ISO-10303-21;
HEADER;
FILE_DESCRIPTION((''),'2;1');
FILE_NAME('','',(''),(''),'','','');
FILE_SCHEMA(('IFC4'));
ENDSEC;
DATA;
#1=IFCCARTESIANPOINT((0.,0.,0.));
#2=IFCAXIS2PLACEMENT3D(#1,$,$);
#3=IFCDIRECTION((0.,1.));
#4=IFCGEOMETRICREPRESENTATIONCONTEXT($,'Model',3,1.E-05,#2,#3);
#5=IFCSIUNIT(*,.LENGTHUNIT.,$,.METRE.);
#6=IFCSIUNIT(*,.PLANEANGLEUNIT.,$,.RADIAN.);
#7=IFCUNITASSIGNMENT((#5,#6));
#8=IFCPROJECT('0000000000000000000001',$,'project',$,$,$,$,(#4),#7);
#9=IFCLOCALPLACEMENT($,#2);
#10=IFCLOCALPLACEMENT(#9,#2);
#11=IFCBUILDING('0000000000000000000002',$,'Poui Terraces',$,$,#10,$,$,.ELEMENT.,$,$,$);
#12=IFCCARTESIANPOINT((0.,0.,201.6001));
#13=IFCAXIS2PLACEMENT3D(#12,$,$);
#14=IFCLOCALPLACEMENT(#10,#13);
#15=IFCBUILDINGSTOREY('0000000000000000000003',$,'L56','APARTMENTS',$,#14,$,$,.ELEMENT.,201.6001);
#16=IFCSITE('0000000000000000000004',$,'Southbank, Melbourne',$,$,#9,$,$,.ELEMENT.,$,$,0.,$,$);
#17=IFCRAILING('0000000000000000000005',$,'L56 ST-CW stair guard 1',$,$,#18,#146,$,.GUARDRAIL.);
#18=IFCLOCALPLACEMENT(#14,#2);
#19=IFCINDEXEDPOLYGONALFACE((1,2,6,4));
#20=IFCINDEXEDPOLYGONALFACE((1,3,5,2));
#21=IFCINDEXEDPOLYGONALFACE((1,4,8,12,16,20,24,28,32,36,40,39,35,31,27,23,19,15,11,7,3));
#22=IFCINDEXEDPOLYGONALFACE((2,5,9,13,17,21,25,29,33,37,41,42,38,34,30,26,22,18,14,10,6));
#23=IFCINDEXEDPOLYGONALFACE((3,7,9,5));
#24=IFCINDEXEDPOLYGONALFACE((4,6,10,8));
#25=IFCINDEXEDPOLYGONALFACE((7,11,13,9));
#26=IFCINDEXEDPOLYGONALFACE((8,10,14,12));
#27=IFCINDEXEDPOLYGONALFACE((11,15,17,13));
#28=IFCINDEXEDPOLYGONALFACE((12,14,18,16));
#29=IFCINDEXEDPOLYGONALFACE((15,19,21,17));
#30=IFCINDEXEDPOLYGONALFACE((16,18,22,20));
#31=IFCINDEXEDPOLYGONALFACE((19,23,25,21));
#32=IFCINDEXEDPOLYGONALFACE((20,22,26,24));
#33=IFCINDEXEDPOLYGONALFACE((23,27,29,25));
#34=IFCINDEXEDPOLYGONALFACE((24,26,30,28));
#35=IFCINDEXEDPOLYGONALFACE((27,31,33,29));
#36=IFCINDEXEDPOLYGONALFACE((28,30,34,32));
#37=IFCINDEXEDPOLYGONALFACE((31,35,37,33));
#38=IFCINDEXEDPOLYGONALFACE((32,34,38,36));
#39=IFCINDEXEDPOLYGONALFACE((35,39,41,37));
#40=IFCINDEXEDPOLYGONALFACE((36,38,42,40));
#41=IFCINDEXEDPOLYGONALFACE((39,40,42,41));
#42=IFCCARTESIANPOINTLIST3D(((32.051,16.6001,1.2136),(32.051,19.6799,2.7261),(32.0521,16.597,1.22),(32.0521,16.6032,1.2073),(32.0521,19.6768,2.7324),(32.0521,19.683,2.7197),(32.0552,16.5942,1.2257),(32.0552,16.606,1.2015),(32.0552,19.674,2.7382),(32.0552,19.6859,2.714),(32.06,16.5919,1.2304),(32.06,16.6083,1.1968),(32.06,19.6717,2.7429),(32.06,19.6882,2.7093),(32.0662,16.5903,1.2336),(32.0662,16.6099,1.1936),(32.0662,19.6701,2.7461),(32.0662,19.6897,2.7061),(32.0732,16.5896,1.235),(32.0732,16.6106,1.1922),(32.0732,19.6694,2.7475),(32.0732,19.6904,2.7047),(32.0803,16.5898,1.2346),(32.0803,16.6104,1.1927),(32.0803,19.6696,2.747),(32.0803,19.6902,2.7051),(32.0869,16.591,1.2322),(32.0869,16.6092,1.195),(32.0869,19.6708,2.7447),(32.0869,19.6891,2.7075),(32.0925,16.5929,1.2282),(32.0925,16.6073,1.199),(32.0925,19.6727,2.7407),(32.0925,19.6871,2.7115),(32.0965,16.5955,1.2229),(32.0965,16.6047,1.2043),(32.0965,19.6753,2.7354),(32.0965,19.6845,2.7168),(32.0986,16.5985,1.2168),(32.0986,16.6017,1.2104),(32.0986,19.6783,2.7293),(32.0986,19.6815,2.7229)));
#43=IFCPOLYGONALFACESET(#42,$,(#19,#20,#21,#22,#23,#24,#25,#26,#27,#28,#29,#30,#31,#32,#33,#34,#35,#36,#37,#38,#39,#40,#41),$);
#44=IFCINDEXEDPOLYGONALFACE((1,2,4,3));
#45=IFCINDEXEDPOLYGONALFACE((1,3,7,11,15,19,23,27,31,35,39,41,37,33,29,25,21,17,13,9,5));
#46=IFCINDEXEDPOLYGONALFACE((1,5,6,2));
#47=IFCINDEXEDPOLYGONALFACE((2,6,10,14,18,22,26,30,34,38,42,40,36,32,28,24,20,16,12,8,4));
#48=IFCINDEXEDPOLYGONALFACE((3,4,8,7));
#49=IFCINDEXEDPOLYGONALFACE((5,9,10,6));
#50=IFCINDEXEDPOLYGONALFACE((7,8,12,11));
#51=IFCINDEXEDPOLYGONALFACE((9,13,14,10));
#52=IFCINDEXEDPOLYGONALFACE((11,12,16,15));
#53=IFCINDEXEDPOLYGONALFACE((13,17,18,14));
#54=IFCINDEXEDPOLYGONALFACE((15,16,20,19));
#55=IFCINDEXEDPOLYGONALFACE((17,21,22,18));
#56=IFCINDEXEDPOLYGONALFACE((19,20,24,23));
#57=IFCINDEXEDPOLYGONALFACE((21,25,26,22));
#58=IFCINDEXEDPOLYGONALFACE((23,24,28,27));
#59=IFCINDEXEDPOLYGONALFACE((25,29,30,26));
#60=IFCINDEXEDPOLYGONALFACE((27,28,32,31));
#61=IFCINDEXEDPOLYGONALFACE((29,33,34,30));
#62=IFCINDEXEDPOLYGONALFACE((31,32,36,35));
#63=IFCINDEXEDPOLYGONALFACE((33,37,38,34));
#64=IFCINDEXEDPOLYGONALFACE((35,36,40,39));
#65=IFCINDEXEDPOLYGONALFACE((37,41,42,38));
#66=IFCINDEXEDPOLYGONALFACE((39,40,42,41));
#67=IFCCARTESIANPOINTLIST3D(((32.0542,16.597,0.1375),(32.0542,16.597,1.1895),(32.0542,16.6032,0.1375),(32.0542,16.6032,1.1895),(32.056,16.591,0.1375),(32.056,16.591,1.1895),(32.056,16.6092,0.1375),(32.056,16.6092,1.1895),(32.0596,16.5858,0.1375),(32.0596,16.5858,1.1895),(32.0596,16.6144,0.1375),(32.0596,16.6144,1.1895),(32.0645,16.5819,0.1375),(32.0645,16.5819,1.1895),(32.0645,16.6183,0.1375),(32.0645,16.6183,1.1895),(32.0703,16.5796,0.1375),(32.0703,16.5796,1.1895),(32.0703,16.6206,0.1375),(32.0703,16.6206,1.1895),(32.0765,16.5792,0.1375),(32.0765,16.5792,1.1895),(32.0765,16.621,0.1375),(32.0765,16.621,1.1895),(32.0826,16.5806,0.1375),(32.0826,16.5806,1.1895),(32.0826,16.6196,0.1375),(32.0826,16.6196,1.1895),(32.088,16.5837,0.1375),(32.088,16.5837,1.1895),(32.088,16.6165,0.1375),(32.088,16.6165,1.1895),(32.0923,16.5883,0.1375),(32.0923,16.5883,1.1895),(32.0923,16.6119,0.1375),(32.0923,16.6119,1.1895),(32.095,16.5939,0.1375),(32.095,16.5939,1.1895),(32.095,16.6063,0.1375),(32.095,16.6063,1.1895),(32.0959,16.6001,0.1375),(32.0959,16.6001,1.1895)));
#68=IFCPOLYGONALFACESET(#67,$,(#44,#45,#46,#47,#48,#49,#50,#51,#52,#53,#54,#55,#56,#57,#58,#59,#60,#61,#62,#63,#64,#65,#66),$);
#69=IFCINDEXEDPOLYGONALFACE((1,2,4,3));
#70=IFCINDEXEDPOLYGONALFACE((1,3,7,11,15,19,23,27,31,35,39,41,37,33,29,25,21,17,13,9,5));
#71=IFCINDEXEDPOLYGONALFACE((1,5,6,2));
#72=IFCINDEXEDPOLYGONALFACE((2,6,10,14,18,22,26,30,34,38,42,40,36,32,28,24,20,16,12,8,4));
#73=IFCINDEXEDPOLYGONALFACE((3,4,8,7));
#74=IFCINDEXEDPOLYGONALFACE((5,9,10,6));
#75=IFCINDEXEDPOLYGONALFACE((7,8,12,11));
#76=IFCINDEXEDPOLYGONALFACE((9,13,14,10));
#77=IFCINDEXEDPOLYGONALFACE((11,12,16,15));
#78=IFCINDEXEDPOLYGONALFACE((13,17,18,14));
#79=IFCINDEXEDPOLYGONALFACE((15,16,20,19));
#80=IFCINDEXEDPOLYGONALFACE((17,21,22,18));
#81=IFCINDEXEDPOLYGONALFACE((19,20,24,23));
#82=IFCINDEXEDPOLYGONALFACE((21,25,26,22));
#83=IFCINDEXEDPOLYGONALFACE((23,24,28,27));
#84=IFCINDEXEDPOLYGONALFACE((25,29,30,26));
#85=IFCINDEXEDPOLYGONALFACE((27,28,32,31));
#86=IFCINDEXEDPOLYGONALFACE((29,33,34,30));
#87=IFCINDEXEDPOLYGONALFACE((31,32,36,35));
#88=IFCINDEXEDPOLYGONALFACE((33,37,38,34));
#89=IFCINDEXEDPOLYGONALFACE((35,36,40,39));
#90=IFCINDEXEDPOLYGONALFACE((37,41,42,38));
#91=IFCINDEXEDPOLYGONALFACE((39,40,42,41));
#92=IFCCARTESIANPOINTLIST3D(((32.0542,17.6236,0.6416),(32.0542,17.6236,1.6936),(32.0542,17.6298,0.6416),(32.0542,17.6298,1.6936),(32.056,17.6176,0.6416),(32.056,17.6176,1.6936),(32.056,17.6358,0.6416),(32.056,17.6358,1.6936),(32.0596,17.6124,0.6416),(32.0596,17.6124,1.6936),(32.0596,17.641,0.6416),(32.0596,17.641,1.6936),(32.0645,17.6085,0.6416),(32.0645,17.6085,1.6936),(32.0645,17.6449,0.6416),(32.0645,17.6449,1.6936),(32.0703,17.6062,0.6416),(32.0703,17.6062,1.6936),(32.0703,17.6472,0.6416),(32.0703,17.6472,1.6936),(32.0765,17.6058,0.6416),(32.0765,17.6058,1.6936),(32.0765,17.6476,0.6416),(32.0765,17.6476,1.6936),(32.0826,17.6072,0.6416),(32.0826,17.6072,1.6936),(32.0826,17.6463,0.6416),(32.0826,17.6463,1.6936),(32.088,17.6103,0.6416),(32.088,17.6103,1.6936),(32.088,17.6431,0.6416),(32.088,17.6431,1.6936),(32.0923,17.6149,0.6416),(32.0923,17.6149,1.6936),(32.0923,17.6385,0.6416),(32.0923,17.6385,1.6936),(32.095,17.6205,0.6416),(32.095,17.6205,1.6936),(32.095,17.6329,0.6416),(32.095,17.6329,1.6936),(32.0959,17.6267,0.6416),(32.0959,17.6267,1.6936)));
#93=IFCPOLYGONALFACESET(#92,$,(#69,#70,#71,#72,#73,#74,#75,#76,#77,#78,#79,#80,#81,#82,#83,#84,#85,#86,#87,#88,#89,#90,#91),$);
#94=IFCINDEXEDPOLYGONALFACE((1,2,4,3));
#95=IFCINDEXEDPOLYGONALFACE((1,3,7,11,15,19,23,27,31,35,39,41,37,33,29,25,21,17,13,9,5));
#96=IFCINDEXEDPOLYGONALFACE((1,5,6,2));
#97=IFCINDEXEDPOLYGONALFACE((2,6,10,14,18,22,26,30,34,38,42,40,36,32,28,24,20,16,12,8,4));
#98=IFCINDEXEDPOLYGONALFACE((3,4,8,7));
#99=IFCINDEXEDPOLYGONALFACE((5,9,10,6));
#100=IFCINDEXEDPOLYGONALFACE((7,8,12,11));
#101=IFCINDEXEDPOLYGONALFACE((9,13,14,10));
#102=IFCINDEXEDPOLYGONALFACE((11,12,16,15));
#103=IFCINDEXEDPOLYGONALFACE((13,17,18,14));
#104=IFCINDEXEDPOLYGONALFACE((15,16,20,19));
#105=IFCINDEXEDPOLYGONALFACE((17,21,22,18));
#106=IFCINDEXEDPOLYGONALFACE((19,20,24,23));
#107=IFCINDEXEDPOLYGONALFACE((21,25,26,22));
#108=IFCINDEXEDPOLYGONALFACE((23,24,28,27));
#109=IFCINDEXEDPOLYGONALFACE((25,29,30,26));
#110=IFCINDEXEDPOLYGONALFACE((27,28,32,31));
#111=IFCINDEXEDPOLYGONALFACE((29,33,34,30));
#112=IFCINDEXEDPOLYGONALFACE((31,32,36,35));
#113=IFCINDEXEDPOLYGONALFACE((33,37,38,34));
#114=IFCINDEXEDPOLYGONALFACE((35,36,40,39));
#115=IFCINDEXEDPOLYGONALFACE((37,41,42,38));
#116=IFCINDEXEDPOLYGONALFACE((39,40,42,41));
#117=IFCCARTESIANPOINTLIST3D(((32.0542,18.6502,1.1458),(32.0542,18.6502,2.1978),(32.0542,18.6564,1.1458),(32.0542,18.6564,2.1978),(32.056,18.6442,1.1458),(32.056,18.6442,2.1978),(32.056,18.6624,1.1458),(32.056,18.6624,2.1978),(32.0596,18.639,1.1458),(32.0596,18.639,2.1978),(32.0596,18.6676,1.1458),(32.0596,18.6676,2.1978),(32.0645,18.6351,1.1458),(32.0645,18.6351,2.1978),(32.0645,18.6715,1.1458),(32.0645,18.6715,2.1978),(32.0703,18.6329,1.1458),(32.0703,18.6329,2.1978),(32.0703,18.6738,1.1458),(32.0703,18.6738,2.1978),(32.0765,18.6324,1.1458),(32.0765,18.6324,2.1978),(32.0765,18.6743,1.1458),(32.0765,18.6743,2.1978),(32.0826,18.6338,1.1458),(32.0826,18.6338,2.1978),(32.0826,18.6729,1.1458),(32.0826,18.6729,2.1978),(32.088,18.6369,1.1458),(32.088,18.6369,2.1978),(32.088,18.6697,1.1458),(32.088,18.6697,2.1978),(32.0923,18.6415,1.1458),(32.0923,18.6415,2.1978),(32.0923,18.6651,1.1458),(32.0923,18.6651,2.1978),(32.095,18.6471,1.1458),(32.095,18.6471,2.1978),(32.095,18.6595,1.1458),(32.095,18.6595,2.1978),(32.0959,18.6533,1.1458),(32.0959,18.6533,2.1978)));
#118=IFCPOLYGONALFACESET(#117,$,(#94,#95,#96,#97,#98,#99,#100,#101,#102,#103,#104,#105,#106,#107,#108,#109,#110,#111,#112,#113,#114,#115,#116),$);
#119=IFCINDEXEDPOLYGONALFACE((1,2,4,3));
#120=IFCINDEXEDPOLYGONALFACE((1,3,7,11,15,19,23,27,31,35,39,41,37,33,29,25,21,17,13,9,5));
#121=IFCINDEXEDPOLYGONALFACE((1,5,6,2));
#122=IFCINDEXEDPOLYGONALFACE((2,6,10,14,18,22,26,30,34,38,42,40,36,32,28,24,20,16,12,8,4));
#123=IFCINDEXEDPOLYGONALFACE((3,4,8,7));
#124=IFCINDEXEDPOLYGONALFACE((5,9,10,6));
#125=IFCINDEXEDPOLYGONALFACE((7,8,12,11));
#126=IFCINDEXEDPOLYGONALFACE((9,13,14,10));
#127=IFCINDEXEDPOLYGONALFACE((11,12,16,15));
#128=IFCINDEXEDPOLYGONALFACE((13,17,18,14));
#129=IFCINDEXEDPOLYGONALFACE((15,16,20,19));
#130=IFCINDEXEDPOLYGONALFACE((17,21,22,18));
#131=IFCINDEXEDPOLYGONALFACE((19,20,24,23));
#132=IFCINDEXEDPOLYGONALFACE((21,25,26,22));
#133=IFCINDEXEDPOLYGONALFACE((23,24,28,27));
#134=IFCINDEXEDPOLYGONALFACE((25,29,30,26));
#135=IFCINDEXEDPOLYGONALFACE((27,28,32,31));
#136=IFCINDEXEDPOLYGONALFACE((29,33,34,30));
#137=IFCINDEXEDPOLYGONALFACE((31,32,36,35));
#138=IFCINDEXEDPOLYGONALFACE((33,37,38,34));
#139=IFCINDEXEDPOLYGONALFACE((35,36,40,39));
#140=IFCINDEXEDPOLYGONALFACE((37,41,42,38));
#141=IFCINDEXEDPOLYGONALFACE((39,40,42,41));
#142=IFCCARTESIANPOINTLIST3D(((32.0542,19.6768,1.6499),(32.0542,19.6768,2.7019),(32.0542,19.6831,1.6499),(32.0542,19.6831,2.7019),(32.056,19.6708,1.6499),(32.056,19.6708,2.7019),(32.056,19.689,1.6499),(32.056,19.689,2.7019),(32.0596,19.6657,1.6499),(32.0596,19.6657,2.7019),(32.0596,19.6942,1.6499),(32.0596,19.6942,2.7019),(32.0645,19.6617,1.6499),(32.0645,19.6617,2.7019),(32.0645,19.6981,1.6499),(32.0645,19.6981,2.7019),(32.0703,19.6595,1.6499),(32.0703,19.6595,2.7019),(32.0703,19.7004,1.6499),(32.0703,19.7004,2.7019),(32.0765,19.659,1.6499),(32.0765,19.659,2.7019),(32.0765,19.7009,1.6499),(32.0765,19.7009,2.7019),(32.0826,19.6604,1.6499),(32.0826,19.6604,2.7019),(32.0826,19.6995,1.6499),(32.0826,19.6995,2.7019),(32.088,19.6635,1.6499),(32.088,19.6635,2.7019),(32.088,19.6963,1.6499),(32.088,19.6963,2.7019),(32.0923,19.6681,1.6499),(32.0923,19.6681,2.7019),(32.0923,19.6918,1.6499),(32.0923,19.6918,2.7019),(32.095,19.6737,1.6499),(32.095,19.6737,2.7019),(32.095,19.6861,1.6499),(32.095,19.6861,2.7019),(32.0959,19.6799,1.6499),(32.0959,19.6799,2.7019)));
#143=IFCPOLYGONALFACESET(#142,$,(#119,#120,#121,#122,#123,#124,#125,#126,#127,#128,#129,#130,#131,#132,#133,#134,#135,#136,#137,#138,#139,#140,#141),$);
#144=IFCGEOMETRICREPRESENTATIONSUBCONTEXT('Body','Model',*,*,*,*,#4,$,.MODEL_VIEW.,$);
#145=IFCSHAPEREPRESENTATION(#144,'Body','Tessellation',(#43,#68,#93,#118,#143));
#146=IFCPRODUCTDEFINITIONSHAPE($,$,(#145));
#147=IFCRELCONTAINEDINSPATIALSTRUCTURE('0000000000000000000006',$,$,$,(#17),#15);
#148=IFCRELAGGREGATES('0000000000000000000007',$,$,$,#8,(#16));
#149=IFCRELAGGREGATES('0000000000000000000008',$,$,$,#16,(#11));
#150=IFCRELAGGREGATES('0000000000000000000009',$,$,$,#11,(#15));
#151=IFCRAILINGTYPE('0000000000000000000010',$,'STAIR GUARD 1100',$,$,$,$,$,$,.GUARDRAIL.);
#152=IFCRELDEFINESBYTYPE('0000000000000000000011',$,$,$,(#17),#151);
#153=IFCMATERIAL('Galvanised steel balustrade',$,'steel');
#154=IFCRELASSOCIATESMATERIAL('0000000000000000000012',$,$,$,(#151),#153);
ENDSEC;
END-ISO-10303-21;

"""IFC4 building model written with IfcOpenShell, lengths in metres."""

from ifc_helpers import new_model, si_unit, direction, frame, origin, origin_2d, place, context, subcontext, project, spatial, circle, extrude, material, type_object, element, save


model = new_model("IFC4")

# Units and contexts
model_context = context("Model", 3, precision=1e-05, world=origin(), true_north=direction((0.0, 1.0)))
body_context = subcontext(model_context, "Body", "Model", "MODEL_VIEW")
ifc_project = project(units=[si_unit("LENGTHUNIT", "METRE"), si_unit("PLANEANGLEUNIT", "RADIAN")], contexts=[model_context])

# Site, building, storey
site_placement = place(None, origin())
site = spatial("IfcSite", under=ifc_project, at=site_placement, Name="Southbank, Melbourne", CompositionType="ELEMENT", RefElevation=0.0)
building_placement = place(site_placement, origin())
building = spatial("IfcBuilding", under=site, at=building_placement, Name="Poui Terraces", CompositionType="ELEMENT")
storey_placement = place(building_placement, frame((0.0, 0.0, 201.6001)))
storey = spatial("IfcBuildingStorey", under=building, at=storey_placement, Name="L56", Description="APARTMENTS", CompositionType="ELEMENT", Elevation=201.6001)

# Railing
ifc_material_1 = material(Name="Galvanised steel balustrade", Category="steel")
railing_type_1 = type_object("IfcRailingType", Name="STAIR GUARD 1100", PredefinedType="GUARDRAIL", material=ifc_material_1)
railing_1_placement = place(storey_placement, frame((32.075, 16.6001, 0.1375)))
element("IfcRailing", 1, at=railing_1_placement, inside=storey, type_object=railing_type_1, Name="L56 ST-CW stair guard 1", PredefinedType="GUARDRAIL", context=body_context, shape_type="SweptSolid", body=[
    extrude(circle(Radius=0.0239, at=origin_2d()), frame((0.0, 0.0, 1.0762), z_axis=(0.0, 0.897606, 0.440798), x_axis=(-1.0, 0.0, 0.0)), (0.0, 0.0, 1.0), 3.4312),
    extrude(circle(Radius=0.021, at=origin_2d()), origin(), (0.0, 0.0, 1.0), 1.052),
    extrude(circle(Radius=0.021, at=origin_2d()), frame((0.0, 1.0266, 0.5042)), (0.0, 0.0, 1.0), 1.052),
    extrude(circle(Radius=0.021, at=origin_2d()), frame((0.0, 2.0532, 1.0083)), (0.0, 0.0, 1.0), 1.052),
    extrude(circle(Radius=0.021, at=origin_2d()), frame((0.0, 3.0798, 1.5125)), (0.0, 0.0, 1.0), 1.052),
])

save(model, "model.ifc")
